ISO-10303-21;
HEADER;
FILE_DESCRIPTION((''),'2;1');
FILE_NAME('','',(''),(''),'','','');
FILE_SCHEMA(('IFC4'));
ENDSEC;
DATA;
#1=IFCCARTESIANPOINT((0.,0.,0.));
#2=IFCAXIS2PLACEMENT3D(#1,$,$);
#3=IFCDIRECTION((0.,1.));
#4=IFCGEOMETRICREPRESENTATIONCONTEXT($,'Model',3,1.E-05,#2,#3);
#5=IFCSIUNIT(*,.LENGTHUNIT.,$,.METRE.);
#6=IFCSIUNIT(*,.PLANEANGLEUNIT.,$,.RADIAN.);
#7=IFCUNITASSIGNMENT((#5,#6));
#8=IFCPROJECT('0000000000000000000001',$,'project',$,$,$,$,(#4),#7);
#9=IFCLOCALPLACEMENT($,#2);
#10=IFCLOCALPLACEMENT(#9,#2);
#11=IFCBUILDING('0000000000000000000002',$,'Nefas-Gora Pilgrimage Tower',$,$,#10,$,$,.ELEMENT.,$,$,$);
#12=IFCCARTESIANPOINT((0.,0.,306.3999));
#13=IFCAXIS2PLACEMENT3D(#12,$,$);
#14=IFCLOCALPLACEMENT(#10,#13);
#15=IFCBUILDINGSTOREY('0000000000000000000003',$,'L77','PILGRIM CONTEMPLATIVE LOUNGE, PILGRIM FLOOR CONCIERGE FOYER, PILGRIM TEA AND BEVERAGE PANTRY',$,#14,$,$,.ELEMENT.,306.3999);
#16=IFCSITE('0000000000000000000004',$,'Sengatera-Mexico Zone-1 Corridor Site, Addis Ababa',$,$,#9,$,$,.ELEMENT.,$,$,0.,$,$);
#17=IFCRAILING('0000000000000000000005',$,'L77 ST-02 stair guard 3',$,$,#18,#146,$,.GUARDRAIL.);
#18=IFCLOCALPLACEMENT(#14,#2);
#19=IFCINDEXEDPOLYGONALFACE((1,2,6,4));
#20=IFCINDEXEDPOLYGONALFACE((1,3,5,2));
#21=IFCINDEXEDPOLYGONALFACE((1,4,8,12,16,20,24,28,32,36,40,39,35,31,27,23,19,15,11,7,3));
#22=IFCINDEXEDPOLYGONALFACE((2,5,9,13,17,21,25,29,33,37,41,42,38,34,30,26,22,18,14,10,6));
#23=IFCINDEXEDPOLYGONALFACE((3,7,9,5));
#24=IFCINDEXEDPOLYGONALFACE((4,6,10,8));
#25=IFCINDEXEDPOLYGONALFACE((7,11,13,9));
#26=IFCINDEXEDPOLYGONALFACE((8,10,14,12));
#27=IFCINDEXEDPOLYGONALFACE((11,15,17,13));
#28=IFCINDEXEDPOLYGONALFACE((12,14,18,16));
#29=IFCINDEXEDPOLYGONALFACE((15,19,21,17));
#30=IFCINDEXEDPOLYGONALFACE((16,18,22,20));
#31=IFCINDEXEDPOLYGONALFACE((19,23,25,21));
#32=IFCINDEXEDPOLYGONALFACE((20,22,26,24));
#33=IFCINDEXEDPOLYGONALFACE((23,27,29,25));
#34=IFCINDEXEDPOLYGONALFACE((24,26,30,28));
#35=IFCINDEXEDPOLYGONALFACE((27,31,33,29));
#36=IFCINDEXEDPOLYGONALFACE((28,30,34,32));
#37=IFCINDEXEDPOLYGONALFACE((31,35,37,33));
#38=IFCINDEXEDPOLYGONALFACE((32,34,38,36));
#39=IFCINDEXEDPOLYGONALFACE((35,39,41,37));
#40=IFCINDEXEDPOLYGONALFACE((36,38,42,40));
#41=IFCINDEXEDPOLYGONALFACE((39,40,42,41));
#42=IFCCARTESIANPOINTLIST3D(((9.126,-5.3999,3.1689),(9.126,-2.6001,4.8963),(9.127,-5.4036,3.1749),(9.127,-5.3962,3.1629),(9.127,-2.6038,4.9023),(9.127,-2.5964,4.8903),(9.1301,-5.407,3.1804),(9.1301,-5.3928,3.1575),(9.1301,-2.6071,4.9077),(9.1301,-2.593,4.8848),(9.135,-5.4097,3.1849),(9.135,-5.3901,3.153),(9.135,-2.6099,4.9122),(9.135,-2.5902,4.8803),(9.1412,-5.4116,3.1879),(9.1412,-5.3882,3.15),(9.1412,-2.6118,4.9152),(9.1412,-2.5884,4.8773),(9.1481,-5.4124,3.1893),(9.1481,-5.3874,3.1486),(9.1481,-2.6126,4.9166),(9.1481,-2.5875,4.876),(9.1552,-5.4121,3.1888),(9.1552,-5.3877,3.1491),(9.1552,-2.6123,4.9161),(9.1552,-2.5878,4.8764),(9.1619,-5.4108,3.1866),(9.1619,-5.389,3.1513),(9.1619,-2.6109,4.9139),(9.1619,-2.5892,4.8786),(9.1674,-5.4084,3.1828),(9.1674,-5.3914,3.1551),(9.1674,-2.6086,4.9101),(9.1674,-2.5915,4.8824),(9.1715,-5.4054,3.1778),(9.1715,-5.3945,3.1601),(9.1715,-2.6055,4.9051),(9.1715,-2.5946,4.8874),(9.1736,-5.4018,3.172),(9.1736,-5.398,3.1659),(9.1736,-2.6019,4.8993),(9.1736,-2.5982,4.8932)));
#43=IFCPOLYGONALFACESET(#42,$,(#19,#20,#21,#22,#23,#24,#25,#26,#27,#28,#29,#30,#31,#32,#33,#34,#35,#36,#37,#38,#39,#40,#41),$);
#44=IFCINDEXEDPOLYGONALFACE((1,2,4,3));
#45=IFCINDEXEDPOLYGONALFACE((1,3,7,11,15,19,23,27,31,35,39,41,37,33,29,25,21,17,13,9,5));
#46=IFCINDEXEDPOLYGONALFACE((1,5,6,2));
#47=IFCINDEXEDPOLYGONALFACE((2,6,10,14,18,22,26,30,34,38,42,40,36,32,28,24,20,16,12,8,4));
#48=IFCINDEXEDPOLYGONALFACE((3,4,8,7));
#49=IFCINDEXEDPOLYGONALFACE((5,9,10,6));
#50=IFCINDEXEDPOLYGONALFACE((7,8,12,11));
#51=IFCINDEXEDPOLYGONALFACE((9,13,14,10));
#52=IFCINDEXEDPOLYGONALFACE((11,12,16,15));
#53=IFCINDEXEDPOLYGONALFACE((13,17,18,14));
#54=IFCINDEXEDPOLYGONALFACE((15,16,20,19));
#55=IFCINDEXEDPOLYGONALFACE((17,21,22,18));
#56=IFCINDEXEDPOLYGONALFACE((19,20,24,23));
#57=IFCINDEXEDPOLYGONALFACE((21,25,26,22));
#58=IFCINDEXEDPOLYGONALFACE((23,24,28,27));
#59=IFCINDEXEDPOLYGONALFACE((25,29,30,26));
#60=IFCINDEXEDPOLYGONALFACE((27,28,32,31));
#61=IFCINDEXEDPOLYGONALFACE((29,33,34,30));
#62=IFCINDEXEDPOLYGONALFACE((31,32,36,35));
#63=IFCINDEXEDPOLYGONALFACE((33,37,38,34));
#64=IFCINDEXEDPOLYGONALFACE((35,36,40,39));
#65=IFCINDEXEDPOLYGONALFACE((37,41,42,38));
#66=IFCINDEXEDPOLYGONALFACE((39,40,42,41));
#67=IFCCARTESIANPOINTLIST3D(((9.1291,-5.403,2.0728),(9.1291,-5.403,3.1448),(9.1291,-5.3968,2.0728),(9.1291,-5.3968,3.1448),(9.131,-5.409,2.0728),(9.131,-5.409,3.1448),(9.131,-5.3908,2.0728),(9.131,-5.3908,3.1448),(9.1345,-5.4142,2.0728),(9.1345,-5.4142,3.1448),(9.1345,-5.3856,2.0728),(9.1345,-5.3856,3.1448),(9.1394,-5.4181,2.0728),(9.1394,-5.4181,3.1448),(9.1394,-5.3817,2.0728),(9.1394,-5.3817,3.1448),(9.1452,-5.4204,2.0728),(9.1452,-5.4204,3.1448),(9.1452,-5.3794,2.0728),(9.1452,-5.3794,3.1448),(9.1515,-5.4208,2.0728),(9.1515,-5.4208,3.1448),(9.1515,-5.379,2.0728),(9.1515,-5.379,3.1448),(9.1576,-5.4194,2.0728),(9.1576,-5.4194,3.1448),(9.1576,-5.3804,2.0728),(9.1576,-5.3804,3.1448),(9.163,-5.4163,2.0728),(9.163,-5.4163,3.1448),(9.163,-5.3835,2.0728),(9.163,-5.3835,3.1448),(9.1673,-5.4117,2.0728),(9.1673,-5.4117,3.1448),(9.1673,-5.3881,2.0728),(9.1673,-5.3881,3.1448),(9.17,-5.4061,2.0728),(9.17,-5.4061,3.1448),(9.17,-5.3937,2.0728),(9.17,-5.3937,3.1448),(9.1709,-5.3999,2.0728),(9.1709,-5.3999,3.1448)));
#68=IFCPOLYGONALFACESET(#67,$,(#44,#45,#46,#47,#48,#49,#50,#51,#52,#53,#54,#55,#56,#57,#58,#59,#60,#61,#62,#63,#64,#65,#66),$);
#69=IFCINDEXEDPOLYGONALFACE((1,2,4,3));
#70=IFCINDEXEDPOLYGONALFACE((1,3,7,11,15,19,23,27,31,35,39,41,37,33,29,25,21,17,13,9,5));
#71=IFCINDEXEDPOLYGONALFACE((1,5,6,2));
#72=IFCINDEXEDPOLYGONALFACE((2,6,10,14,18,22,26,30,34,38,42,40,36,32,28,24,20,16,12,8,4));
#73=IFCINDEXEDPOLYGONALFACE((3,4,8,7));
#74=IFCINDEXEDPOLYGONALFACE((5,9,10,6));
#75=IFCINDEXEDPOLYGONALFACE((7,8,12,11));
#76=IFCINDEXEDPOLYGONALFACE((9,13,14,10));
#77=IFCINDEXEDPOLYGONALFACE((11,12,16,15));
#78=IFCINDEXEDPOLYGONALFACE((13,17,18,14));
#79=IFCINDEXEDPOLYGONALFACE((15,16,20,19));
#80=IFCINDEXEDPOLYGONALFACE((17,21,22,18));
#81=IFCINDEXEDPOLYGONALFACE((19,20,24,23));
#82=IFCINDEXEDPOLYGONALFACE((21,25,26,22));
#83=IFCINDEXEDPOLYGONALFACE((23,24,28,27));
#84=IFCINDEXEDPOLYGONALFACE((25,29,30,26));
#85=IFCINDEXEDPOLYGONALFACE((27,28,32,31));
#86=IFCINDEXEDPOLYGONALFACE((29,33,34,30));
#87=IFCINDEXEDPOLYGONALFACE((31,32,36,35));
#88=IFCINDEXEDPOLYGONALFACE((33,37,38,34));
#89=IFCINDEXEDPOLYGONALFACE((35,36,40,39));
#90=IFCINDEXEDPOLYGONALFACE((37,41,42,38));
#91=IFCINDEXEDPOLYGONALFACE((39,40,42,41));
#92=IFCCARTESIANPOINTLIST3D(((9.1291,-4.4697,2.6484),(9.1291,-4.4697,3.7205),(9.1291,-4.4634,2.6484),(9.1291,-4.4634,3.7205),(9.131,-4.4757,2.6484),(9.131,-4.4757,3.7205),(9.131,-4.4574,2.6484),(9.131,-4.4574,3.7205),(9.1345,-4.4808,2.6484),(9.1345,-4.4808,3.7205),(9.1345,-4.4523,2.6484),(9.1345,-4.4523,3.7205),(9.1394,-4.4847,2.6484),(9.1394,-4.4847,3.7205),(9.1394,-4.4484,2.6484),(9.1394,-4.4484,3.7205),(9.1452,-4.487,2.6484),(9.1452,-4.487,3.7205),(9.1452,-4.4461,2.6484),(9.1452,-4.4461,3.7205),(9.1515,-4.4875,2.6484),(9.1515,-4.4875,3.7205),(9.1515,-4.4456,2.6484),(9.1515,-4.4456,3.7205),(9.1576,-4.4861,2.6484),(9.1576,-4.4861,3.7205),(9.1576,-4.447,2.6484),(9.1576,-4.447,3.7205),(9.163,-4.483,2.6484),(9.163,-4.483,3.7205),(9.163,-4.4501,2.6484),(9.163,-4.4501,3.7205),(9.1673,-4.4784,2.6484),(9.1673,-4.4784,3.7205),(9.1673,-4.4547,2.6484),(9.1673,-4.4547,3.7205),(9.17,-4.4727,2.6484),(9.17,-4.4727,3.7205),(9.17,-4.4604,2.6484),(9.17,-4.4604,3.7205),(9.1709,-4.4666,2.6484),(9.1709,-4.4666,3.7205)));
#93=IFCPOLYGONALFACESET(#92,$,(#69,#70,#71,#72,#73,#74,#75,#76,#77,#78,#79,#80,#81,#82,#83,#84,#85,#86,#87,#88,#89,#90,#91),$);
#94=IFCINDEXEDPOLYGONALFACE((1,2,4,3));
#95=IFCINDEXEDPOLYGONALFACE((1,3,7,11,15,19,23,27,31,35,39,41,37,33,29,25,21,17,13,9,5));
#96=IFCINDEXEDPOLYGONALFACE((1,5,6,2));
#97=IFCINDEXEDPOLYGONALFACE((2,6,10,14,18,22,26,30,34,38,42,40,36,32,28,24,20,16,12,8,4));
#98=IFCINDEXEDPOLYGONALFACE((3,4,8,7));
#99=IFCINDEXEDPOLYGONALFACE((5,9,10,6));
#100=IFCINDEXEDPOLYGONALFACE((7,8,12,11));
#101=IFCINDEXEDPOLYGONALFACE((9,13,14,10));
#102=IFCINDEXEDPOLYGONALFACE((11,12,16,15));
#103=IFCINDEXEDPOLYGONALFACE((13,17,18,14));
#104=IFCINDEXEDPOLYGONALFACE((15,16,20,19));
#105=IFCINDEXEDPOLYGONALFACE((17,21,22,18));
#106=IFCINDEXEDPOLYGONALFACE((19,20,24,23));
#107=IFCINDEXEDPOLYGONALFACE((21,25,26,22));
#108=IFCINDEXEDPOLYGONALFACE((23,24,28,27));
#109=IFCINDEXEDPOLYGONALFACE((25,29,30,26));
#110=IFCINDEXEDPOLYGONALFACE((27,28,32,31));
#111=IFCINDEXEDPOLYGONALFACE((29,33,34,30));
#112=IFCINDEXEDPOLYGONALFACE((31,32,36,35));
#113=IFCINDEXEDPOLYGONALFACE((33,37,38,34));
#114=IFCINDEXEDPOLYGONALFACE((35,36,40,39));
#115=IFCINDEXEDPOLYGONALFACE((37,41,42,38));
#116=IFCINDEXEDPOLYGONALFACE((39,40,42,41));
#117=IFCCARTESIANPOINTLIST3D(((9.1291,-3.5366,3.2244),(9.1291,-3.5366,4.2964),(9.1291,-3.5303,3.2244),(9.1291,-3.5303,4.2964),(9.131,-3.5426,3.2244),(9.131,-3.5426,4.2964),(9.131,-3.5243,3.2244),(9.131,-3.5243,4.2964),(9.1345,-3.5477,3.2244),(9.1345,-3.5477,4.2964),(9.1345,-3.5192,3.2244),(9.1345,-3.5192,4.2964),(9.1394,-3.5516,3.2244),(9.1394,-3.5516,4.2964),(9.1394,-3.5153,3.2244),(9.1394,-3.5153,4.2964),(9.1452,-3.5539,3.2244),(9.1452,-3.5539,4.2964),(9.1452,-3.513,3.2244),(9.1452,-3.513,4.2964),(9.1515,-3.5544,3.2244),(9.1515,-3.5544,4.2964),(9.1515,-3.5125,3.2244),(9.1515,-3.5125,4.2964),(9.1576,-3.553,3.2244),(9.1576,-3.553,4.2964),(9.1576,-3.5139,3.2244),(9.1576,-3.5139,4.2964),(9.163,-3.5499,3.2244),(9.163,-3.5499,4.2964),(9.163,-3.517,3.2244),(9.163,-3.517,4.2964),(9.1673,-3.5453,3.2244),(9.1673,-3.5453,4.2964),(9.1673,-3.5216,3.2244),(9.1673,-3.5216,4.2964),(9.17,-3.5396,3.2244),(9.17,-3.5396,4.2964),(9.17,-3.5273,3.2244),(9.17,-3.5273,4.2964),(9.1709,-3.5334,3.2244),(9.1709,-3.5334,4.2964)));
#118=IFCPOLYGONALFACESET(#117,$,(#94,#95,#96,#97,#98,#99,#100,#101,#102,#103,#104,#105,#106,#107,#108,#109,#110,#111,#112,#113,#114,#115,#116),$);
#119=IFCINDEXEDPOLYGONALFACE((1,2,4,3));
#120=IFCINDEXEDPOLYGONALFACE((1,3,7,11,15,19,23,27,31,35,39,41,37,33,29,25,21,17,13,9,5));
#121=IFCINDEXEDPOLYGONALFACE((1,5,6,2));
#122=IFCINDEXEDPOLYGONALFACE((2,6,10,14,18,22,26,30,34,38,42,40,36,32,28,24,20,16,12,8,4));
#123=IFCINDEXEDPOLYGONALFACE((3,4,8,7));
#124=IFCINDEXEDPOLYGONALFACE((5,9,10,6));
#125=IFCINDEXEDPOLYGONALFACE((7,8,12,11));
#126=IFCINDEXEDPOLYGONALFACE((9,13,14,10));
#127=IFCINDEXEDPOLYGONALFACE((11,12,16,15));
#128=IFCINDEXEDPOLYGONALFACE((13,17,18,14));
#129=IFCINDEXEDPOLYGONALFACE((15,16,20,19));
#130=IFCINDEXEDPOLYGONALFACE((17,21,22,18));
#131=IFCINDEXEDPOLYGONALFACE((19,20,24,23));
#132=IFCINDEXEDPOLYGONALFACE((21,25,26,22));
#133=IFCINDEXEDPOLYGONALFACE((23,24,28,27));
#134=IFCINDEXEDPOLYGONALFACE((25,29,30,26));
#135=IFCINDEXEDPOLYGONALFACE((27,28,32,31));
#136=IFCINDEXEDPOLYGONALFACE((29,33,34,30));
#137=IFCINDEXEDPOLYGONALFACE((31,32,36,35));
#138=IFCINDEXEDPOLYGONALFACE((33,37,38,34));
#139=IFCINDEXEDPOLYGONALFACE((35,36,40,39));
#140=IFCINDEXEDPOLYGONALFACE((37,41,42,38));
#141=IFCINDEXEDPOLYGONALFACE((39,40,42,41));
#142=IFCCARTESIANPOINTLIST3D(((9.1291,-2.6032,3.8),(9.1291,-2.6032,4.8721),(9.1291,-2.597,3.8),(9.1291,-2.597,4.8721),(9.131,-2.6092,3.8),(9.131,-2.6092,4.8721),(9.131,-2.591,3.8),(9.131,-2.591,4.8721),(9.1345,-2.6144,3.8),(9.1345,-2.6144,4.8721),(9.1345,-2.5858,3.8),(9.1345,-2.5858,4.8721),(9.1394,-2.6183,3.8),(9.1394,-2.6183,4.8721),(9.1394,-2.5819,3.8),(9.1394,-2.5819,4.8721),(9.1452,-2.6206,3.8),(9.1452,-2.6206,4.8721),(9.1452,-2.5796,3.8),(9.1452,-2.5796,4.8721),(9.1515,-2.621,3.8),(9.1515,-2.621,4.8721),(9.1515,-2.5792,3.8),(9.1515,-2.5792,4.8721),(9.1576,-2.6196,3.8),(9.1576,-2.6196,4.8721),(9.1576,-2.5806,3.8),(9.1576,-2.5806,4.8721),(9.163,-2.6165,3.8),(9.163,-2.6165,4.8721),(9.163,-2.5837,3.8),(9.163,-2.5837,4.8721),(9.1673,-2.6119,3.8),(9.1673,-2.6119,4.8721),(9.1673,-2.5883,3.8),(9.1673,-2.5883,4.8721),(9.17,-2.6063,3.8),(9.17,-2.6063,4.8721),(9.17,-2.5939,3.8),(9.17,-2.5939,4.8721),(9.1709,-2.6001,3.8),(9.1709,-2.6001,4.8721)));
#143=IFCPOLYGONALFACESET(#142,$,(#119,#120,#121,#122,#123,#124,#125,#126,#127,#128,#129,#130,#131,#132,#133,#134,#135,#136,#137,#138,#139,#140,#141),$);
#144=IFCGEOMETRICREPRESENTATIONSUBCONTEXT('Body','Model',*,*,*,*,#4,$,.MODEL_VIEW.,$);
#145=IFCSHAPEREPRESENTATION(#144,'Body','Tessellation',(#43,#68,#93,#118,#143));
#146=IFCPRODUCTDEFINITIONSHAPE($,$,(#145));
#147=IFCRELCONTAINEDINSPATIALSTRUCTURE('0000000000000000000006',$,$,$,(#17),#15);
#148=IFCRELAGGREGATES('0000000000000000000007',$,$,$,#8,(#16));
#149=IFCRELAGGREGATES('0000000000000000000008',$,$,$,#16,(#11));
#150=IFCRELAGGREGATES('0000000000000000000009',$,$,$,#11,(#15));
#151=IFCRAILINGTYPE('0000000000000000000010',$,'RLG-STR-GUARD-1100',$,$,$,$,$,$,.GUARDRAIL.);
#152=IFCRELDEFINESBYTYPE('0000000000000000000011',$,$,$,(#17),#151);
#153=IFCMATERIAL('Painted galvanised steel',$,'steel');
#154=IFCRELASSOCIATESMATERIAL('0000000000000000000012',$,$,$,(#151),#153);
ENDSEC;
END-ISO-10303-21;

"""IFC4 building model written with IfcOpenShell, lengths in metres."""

from ifc_helpers import new_model, si_unit, direction, frame, origin, origin_2d, place, context, subcontext, project, spatial, circle, extrude, material, type_object, element, save


model = new_model("IFC4")

# Units and contexts
model_context = context("Model", 3, precision=1e-05, world=origin(), true_north=direction((0.0, 1.0)))
body_context = subcontext(model_context, "Body", "Model", "MODEL_VIEW")
ifc_project = project(units=[si_unit("LENGTHUNIT", "METRE"), si_unit("PLANEANGLEUNIT", "RADIAN")], contexts=[model_context])

# Site, building, storey
site_placement = place(None, origin())
site = spatial("IfcSite", under=ifc_project, at=site_placement, Name="Sengatera-Mexico Zone-1 Corridor Site, Addis Ababa", CompositionType="ELEMENT", RefElevation=0.0)
building_placement = place(site_placement, origin())
building = spatial("IfcBuilding", under=site, at=building_placement, Name="Nefas-Gora Pilgrimage Tower", CompositionType="ELEMENT")
storey_placement = place(building_placement, frame((0.0, 0.0, 306.3999)))
storey = spatial("IfcBuildingStorey", under=building, at=storey_placement, Name="L77", Description="PILGRIM CONTEMPLATIVE LOUNGE, PILGRIM FLOOR CONCIERGE FOYER, PILGRIM TEA AND BEVERAGE PANTRY", CompositionType="ELEMENT", Elevation=306.3999)

# Railing
ifc_material_1 = material(Name="Painted galvanised steel", Category="steel")
railing_type_1 = type_object("IfcRailingType", Name="RLG-STR-GUARD-1100", PredefinedType="GUARDRAIL", material=ifc_material_1)
railing_1_placement = place(storey_placement, frame((9.1499, -5.3999, 2.0728)))
element("IfcRailing", 1, at=railing_1_placement, inside=storey, type_object=railing_type_1, Name="L77 ST-02 stair guard 3", PredefinedType="GUARDRAIL", context=body_context, shape_type="SweptSolid", body=[
    extrude(circle(Radius=0.0239, at=origin_2d()), frame((0.0, 0.0, 1.0962), z_axis=(0.0, 0.851069, 0.525054), x_axis=(-1.0, 0.0, 0.0)), (0.0, 0.0, 1.0), 3.2898),
    extrude(circle(Radius=0.021, at=origin_2d()), origin(), (0.0, 0.0, 1.0), 1.072),
    extrude(circle(Radius=0.021, at=origin_2d()), frame((0.0, 0.9333, 0.5757)), (0.0, 0.0, 1.0), 1.072),
    extrude(circle(Radius=0.021, at=origin_2d()), frame((0.0, 1.8665, 1.1516)), (0.0, 0.0, 1.0), 1.072),
    extrude(circle(Radius=0.021, at=origin_2d()), frame((0.0, 2.7998, 1.7273)), (0.0, 0.0, 1.0), 1.072),
])

save(model, "model.ifc")
